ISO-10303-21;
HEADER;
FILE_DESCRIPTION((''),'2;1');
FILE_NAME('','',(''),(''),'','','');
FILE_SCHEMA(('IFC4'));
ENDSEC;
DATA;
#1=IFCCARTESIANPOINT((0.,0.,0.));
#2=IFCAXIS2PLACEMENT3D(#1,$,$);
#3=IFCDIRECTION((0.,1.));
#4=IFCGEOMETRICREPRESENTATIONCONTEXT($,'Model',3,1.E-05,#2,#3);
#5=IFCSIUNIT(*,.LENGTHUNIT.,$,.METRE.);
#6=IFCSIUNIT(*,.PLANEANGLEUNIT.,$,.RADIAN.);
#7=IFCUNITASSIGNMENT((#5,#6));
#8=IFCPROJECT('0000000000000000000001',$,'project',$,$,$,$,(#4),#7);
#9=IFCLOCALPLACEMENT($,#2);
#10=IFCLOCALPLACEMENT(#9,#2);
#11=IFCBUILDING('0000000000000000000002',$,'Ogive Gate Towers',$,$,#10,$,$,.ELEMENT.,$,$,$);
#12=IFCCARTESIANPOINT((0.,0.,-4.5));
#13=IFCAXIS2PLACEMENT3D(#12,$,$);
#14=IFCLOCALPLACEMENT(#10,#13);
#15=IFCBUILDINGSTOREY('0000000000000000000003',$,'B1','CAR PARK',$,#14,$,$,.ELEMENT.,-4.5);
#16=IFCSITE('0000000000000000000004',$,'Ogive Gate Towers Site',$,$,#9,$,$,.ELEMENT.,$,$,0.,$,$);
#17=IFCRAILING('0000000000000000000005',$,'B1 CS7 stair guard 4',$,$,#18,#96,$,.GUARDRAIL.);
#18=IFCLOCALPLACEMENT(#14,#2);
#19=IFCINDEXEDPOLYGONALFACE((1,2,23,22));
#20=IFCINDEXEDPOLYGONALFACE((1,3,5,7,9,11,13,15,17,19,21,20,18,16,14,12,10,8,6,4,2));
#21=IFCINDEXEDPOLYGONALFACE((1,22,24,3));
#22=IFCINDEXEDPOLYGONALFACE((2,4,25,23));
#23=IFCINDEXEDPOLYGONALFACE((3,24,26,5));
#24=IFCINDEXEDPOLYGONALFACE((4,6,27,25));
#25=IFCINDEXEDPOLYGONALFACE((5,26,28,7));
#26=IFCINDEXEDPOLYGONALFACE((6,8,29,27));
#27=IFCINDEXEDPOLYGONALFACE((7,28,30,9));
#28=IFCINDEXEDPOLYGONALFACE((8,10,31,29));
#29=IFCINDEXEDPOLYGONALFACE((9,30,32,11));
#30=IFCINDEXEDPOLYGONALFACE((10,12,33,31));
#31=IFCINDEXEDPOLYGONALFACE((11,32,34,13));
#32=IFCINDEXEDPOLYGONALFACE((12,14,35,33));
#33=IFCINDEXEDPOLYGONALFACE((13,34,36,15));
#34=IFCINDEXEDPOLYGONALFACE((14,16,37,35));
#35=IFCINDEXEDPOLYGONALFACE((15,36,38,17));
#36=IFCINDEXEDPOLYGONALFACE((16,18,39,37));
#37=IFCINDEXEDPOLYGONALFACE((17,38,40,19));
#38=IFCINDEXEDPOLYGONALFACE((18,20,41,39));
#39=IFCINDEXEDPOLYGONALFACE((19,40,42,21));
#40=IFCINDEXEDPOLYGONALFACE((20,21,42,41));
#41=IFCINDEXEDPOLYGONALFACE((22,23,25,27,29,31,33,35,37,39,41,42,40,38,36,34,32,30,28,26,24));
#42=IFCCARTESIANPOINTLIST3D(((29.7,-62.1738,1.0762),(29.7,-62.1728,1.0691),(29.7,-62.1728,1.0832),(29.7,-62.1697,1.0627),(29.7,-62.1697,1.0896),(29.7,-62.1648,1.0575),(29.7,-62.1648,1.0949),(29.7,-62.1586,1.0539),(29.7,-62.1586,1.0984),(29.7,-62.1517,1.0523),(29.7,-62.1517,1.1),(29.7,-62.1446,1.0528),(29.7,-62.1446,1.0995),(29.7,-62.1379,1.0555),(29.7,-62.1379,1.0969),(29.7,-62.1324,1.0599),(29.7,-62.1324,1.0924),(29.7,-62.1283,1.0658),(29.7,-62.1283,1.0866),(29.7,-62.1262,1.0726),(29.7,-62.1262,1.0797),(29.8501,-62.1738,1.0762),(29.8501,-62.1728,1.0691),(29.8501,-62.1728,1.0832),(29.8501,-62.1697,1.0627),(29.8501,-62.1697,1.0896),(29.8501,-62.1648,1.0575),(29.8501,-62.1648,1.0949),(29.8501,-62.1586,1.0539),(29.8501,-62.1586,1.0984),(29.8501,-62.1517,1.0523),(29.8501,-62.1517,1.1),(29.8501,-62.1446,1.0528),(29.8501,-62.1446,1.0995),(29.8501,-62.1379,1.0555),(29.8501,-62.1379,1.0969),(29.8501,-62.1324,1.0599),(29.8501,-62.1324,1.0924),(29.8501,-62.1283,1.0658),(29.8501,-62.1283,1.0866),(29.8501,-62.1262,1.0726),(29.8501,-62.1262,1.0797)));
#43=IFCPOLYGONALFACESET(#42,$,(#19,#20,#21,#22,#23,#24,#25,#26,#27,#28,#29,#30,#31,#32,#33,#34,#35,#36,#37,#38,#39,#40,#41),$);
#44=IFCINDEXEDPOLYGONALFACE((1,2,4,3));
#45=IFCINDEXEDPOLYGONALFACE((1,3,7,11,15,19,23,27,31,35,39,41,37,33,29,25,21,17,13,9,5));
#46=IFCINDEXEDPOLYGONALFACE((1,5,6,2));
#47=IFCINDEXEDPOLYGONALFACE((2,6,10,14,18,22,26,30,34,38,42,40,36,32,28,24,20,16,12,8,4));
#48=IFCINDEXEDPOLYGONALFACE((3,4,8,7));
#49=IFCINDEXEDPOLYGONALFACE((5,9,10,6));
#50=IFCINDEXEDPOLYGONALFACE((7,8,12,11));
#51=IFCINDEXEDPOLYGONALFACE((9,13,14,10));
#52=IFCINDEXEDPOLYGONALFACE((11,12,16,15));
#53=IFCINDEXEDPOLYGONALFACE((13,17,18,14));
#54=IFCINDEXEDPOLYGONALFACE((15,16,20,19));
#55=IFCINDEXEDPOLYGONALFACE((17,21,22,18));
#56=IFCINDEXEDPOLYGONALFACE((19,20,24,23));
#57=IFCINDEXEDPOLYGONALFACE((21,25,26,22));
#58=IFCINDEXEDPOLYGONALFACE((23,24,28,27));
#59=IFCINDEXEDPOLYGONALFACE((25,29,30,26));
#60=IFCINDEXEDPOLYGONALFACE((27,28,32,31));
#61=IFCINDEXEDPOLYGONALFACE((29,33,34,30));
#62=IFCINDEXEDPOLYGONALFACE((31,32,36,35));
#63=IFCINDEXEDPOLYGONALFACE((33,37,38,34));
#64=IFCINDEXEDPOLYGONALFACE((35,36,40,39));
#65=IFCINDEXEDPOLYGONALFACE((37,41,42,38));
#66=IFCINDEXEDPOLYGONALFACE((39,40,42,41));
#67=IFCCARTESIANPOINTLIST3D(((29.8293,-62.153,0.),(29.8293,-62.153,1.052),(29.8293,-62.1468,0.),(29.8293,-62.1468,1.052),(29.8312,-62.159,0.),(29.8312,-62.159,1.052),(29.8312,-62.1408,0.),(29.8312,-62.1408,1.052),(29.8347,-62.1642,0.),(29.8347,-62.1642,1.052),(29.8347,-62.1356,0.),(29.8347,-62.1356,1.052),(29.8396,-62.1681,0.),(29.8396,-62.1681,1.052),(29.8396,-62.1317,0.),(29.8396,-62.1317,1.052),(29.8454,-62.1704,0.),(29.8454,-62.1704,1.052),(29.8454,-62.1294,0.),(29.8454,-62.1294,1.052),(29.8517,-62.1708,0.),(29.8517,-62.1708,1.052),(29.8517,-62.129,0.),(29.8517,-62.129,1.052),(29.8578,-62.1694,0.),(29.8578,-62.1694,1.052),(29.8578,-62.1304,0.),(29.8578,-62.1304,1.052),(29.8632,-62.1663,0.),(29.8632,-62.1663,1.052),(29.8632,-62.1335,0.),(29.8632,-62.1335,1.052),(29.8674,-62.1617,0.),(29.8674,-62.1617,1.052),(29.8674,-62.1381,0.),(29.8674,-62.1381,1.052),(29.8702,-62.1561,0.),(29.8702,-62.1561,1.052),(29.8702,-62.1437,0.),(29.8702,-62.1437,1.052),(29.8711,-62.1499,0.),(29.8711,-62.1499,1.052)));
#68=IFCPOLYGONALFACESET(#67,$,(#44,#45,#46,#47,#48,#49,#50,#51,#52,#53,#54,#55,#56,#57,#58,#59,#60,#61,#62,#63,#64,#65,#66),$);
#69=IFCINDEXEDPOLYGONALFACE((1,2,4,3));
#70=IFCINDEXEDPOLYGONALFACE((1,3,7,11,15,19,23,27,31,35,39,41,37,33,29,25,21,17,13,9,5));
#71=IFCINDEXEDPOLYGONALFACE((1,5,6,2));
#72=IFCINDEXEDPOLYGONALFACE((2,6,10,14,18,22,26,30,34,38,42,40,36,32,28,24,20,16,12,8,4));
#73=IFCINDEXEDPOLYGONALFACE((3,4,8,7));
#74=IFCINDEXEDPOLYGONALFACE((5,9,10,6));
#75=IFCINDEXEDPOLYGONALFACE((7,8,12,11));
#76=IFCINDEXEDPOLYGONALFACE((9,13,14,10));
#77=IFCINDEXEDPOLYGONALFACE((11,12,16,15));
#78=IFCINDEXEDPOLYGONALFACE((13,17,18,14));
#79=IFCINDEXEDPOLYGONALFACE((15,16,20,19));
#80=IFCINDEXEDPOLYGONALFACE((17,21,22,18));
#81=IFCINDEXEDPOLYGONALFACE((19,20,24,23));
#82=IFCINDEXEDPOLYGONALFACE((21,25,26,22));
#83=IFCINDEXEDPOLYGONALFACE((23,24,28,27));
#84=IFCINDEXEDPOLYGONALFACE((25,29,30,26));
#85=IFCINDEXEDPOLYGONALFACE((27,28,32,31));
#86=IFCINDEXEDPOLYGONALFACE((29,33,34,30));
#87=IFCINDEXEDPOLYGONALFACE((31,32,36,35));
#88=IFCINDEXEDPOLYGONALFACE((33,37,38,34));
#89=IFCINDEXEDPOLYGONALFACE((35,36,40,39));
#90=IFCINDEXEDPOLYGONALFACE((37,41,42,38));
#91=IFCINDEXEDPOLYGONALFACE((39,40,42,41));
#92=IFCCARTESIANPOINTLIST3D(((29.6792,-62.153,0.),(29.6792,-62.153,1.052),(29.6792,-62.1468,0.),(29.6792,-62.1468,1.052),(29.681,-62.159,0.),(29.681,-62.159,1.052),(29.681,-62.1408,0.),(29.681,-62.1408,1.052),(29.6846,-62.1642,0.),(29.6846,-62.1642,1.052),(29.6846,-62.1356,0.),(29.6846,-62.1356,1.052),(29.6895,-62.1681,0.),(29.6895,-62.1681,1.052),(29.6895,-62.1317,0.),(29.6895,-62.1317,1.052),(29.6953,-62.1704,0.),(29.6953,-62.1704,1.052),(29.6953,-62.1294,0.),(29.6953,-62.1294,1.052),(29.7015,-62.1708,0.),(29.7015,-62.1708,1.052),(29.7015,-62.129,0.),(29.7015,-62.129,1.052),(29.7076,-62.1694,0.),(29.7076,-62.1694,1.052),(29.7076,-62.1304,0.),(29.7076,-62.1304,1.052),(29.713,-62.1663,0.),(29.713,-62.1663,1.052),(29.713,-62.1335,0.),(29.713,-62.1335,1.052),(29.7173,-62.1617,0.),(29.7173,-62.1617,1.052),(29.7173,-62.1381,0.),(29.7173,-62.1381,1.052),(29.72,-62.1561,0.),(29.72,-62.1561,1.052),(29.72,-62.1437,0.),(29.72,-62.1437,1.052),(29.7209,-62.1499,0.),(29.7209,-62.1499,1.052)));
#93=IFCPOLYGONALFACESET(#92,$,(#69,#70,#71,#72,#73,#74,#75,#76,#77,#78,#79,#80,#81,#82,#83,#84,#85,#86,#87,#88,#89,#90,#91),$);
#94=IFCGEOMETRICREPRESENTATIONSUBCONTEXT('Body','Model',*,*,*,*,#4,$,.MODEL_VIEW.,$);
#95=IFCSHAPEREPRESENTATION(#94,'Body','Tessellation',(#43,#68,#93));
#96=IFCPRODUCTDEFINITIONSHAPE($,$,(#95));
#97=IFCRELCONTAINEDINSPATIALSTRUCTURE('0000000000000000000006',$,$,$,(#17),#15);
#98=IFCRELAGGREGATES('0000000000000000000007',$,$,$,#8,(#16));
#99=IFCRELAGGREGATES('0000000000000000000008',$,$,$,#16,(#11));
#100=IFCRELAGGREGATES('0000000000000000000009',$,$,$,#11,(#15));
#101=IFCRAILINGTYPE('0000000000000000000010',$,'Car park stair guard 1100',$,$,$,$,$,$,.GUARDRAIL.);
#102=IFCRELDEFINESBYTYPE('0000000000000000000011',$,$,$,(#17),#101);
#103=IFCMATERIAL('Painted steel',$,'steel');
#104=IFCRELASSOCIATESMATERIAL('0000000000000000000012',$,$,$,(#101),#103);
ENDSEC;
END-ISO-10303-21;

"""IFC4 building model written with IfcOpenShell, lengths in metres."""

from ifc_helpers import new_model, si_unit, direction, frame, origin, origin_2d, place, context, subcontext, project, spatial, circle, extrude, material, type_object, element, save


model = new_model("IFC4")

# Units and contexts
model_context = context("Model", 3, precision=1e-05, world=origin(), true_north=direction((0.0, 1.0)))
body_context = subcontext(model_context, "Body", "Model", "MODEL_VIEW")
ifc_project = project(units=[si_unit("LENGTHUNIT", "METRE"), si_unit("PLANEANGLEUNIT", "RADIAN")], contexts=[model_context])

# Site, building, storey
site_placement = place(None, origin())
site = spatial("IfcSite", under=ifc_project, at=site_placement, Name="Ogive Gate Towers Site", CompositionType="ELEMENT", RefElevation=0.0)
building_placement = place(site_placement, origin())
building = spatial("IfcBuilding", under=site, at=building_placement, Name="Ogive Gate Towers", CompositionType="ELEMENT")
storey_placement = place(building_placement, frame((0.0, 0.0, -4.5)))
storey = spatial("IfcBuildingStorey", under=building, at=storey_placement, Name="B1", Description="CAR PARK", CompositionType="ELEMENT", Elevation=-4.5)

# Railing
ifc_material_1 = material(Name="Painted steel", Category="steel")
railing_type_1 = type_object("IfcRailingType", Name="Car park stair guard 1100", PredefinedType="GUARDRAIL", material=ifc_material_1)
railing_1_placement = place(storey_placement, frame((29.8501, -62.1499, 0.0)))
element("IfcRailing", 1, at=railing_1_placement, inside=storey, type_object=railing_type_1, Name="B1 CS7 stair guard 4", PredefinedType="GUARDRAIL", context=body_context, shape_type="SweptSolid", body=[
    extrude(circle(Radius=0.0239, at=origin_2d()), frame((0.0, 0.0, 1.0762), z_axis=(-1.0, 0.0, 0.0), x_axis=(0.0, -1.0, 0.0)), (0.0, 0.0, 1.0), 0.1501),
    extrude(circle(Radius=0.021, at=origin_2d()), origin(), (0.0, 0.0, 1.0), 1.052),
    extrude(circle(Radius=0.021, at=origin_2d()), frame((-0.1501, 0.0, 0.0)), (0.0, 0.0, 1.0), 1.052),
])

save(model, "model.ifc")
